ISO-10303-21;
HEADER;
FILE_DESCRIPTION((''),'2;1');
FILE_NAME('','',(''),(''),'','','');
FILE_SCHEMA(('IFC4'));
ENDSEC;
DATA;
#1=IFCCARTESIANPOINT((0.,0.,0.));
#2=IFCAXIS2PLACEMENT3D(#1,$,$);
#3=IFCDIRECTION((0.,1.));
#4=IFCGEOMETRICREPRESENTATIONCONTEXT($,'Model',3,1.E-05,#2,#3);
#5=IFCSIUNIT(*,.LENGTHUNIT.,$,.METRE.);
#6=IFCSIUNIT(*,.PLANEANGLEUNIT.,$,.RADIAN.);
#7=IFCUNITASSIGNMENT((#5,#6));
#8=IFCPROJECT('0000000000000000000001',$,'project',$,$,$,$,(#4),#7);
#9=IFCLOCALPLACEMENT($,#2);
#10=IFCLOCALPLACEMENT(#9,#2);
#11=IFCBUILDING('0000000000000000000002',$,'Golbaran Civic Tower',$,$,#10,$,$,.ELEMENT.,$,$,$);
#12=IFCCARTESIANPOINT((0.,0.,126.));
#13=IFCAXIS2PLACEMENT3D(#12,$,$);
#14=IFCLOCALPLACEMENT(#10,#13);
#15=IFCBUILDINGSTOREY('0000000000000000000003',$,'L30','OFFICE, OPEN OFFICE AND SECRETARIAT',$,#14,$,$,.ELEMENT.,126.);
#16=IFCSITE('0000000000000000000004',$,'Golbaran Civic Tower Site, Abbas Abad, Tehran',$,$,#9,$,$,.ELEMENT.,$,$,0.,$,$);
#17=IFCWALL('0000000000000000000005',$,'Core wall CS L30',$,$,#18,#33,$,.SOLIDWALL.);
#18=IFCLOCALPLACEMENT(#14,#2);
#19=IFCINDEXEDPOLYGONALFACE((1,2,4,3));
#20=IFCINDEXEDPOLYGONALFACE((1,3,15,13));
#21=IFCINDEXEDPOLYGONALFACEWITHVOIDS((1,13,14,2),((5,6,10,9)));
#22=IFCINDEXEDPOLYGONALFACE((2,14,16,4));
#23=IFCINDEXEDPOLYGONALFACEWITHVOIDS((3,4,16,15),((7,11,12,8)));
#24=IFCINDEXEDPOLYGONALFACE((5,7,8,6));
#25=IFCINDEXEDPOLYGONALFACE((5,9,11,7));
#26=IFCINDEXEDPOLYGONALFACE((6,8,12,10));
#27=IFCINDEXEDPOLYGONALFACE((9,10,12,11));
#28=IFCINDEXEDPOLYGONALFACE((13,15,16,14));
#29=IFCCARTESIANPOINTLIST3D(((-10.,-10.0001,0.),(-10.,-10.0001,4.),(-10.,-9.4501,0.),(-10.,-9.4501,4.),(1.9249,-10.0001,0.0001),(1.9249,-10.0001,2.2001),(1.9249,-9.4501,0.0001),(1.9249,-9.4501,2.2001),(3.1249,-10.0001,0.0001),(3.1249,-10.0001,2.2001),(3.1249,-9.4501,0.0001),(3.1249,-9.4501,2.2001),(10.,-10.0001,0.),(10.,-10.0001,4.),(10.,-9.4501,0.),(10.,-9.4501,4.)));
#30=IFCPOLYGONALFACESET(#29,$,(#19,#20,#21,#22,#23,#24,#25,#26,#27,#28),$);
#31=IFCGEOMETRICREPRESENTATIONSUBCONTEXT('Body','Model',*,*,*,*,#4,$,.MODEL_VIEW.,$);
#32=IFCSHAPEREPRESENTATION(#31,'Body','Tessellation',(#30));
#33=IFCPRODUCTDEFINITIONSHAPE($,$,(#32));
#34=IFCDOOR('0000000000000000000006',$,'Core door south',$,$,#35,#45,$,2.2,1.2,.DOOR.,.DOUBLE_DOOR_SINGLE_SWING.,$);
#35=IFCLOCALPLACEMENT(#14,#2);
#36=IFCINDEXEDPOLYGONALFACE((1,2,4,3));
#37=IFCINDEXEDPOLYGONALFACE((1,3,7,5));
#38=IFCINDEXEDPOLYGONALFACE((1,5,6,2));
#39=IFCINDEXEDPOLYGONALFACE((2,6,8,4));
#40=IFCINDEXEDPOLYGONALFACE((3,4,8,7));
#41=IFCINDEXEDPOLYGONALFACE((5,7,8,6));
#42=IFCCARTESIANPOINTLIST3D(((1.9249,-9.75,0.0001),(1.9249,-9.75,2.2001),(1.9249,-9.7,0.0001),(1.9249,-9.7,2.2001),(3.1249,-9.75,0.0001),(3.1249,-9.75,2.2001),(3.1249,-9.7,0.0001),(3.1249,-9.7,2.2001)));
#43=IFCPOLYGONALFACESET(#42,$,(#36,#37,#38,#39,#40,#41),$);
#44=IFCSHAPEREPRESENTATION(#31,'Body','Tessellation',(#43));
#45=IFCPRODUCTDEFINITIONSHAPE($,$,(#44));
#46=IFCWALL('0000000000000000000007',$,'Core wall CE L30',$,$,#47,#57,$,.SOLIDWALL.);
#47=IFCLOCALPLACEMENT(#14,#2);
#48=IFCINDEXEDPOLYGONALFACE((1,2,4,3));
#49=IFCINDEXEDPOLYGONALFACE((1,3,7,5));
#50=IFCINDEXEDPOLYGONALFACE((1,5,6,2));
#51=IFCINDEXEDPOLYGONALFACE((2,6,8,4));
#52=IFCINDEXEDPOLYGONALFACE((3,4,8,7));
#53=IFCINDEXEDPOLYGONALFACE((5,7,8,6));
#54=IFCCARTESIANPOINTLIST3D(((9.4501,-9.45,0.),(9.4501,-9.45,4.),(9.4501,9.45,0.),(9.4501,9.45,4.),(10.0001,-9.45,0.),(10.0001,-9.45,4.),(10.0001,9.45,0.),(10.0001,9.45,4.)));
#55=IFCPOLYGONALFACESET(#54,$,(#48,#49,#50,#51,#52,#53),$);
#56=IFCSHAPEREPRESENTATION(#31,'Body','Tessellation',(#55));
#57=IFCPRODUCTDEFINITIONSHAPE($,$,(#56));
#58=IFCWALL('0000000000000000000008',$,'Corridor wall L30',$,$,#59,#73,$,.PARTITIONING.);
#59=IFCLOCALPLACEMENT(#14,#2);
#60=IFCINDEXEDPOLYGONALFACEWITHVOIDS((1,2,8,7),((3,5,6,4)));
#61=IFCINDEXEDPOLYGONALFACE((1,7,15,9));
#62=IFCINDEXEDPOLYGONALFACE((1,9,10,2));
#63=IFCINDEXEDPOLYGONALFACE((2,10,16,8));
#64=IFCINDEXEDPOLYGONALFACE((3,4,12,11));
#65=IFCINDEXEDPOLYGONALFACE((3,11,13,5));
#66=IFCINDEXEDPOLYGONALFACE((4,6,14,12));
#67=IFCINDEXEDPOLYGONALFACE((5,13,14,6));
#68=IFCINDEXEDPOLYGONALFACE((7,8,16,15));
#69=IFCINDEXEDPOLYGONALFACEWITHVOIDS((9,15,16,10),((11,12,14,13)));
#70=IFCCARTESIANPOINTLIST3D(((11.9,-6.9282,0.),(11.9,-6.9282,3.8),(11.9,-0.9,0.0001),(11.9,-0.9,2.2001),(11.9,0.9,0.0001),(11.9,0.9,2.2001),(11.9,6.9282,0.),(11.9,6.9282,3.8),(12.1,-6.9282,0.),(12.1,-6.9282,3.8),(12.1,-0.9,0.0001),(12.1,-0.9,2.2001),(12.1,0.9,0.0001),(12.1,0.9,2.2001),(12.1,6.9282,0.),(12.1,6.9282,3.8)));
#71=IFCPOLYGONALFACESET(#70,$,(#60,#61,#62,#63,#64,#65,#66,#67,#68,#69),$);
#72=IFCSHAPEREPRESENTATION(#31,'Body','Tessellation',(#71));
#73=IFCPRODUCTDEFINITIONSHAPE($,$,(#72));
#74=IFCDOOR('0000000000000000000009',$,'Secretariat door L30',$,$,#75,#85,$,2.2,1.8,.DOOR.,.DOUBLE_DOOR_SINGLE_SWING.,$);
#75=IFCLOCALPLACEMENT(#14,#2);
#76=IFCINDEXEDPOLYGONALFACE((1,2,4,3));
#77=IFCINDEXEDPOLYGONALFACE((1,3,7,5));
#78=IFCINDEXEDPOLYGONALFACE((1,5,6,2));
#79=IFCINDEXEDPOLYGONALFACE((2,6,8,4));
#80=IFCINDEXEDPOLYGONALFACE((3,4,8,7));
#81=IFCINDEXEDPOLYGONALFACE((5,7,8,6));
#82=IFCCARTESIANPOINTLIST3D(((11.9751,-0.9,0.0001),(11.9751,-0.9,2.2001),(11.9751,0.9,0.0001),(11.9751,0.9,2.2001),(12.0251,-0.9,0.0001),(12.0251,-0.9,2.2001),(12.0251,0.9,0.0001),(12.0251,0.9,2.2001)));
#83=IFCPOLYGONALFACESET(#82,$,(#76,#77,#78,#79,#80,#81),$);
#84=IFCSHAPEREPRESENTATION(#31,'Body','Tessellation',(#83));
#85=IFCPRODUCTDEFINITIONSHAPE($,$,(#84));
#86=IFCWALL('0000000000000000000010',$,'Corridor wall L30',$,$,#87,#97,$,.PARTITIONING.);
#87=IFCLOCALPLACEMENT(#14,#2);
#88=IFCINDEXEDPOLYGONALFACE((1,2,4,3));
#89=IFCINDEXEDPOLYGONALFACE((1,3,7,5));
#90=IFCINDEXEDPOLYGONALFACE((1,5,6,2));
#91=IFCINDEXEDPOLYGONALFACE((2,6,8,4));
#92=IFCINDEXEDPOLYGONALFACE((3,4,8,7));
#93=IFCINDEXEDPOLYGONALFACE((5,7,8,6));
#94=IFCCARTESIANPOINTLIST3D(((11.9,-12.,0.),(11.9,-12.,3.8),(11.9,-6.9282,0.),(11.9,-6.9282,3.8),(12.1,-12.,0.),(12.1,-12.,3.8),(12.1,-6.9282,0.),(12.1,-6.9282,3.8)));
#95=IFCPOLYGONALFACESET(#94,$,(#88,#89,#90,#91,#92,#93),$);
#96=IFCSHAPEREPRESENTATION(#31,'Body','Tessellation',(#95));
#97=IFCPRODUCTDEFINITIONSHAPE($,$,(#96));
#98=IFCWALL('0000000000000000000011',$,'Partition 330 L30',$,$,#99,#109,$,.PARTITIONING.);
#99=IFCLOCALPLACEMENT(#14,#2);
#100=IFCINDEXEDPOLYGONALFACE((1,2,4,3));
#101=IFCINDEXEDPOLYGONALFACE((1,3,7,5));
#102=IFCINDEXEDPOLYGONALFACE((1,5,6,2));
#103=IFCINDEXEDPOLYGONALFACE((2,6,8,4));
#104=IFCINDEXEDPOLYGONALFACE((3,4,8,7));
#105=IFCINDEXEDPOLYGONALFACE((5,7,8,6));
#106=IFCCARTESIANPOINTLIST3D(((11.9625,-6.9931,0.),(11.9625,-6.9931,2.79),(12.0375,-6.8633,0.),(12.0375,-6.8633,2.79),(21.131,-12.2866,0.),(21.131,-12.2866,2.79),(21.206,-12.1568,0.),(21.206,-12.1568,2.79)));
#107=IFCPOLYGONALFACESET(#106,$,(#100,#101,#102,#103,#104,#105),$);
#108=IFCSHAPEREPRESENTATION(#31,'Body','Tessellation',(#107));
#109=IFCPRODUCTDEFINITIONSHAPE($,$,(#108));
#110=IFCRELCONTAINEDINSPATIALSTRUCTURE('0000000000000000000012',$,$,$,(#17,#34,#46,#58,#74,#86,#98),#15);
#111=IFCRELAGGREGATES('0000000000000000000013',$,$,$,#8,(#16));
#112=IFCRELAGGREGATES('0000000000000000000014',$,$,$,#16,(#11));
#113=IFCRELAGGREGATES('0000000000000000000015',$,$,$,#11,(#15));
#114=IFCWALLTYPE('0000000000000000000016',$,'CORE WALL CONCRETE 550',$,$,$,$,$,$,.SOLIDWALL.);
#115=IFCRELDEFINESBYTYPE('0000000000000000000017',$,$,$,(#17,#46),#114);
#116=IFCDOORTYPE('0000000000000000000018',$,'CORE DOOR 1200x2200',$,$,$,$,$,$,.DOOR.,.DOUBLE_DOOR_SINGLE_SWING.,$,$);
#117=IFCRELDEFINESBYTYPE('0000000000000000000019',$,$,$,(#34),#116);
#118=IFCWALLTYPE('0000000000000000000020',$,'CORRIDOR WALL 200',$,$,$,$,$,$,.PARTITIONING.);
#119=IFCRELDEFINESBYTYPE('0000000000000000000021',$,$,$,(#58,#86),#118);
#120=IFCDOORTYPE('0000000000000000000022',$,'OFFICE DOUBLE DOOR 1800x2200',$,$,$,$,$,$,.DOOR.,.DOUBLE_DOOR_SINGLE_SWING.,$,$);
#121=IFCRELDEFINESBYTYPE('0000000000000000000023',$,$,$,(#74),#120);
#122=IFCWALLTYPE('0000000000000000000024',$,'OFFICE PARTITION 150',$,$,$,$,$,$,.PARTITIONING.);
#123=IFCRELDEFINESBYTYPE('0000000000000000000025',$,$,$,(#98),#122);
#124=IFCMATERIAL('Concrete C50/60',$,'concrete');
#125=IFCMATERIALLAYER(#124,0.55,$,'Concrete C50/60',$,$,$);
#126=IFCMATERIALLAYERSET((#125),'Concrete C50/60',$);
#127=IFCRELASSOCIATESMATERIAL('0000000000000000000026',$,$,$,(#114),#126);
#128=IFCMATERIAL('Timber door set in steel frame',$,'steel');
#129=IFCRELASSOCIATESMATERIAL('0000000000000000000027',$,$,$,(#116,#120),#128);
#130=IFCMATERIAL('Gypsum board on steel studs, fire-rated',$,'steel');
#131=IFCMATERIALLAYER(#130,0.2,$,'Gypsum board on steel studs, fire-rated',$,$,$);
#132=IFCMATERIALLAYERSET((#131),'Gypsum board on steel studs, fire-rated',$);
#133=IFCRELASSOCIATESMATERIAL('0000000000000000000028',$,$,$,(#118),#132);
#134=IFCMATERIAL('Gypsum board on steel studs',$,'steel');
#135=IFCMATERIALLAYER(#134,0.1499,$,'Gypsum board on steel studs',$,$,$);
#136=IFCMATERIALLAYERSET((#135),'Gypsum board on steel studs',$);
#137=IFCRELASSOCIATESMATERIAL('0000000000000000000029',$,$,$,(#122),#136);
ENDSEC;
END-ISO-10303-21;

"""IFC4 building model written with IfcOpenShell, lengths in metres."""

from ifc_helpers import new_model, si_unit, direction, frame, frame_2d, origin, place, context, subcontext, project, spatial, rectangle, extrude, material, layer, layer_set, type_object, element, fill, save


model = new_model("IFC4")

# Units and contexts
model_context = context("Model", 3, precision=1e-05, world=origin(), true_north=direction((0.0, 1.0)))
body_context = subcontext(model_context, "Body", "Model", "MODEL_VIEW")
ifc_project = project(units=[si_unit("LENGTHUNIT", "METRE"), si_unit("PLANEANGLEUNIT", "RADIAN")], contexts=[model_context])

# Site, building, storey
site_placement = place(None, origin())
site = spatial("IfcSite", under=ifc_project, at=site_placement, Name="Golbaran Civic Tower Site, Abbas Abad, Tehran", CompositionType="ELEMENT", RefElevation=0.0)
building_placement = place(site_placement, origin())
building = spatial("IfcBuilding", under=site, at=building_placement, Name="Golbaran Civic Tower", CompositionType="ELEMENT")
storey_placement = place(building_placement, frame((0.0, 0.0, 126.0)))
storey = spatial("IfcBuildingStorey", under=building, at=storey_placement, Name="L30", Description="OFFICE, OPEN OFFICE AND SECRETARIAT", CompositionType="ELEMENT", Elevation=126.0)

# Wall, opening, door
ifc_material_1 = material(Name="Concrete C50/60", Category="concrete")
ifc_layer_1 = layer(ifc_material_1, 0.55, Name="Concrete C50/60")
ifc_layer_set_1 = layer_set([ifc_layer_1], Name="Concrete C50/60")
wall_type_1 = type_object("IfcWallType", Name="CORE WALL CONCRETE 550", PredefinedType="SOLIDWALL", material=ifc_layer_set_1)
wall_1_placement = place(storey_placement, frame((10.0, -9.7251, 0.0), z_axis=(0.0, 0.0, 1.0), x_axis=(-1.0, 0.0, 0.0)))
wall_1 = element("IfcWall", 1, at=wall_1_placement, inside=storey, type_object=wall_type_1, Name="Core wall CS L30", PredefinedType="SOLIDWALL", context=body_context, shape_type="SweptSolid", body=[
    extrude(rectangle(XDim=20.0, YDim=0.55, at=frame_2d((10.0, 0.0))), origin(), (0.0, 0.0, 1.0), 4.0),
])
opening_1_placement = place(wall_1_placement, frame((6.875, 0.0, 0.0)))
opening_1 = element("IfcOpeningElement", 2, at=opening_1_placement, cuts=wall_1, PredefinedType="OPENING", context=body_context, shape_type="SweptSolid", body=[
    extrude(rectangle(XDim=1.2, YDim=2.2, at=frame_2d((0.6001, 1.1001))), frame((0.0, 0.2849, 0.0), z_axis=(0.0, -1.0, 0.0), x_axis=(1.0, 0.0, 0.0)), (0.0, 0.0, 1.0), 0.5701),
])
ifc_material_2 = material(Name="Timber door set in steel frame", Category="steel")
door_type_1 = type_object("IfcDoorType", Name="CORE DOOR 1200x2200", OperationType="DOUBLE_DOOR_SINGLE_SWING", PredefinedType="DOOR", material=ifc_material_2)
door_1_placement = place(opening_1_placement, origin())
door_1 = element("IfcDoor", 3, at=door_1_placement, inside=storey, type_object=door_type_1, Name="Core door south", OperationType="DOUBLE_DOOR_SINGLE_SWING", OverallHeight=2.2, OverallWidth=1.2, PredefinedType="DOOR", context=body_context, shape_type="SweptSolid", body=[
    extrude(rectangle(XDim=1.2, YDim=2.2, at=frame_2d((0.6001, 1.1001))), frame((0.0, 0.0249, 0.0), z_axis=(0.0, -1.0, 0.0), x_axis=(1.0, 0.0, 0.0)), (0.0, 0.0, 1.0), 0.05),
])
fill(opening_1, door_1)

# Wall
wall_2_placement = place(storey_placement, frame((9.7251, -9.45, 0.0), z_axis=(0.0, 0.0, 1.0), x_axis=(0.0, 1.0, 0.0)))
element("IfcWall", 4, at=wall_2_placement, inside=storey, type_object=wall_type_1, Name="Core wall CE L30", PredefinedType="SOLIDWALL", context=body_context, shape_type="SweptSolid", body=[
    extrude(rectangle(XDim=18.8999, YDim=0.55, at=frame_2d((9.45, 0.0))), origin(), (0.0, 0.0, 1.0), 4.0),
])

# Wall, opening, door
ifc_material_3 = material(Name="Gypsum board on steel studs, fire-rated", Category="steel")
ifc_layer_2 = layer(ifc_material_3, 0.2, Name="Gypsum board on steel studs, fire-rated")
ifc_layer_set_2 = layer_set([ifc_layer_2], Name="Gypsum board on steel studs, fire-rated")
wall_type_2 = type_object("IfcWallType", Name="CORRIDOR WALL 200", PredefinedType="PARTITIONING", material=ifc_layer_set_2)
wall_3_placement = place(storey_placement, frame((12.0, -6.9282, 0.0), z_axis=(0.0, 0.0, 1.0), x_axis=(0.0, 1.0, 0.0)))
wall_3 = element("IfcWall", 5, at=wall_3_placement, inside=storey, type_object=wall_type_2, Name="Corridor wall L30", PredefinedType="PARTITIONING", context=body_context, shape_type="SweptSolid", body=[
    extrude(rectangle(XDim=13.8564, YDim=0.2, at=frame_2d((6.9282, 0.0))), origin(), (0.0, 0.0, 1.0), 3.8),
])
opening_2_placement = place(wall_3_placement, frame((6.0283, 0.0, 0.0)))
opening_2 = element("IfcOpeningElement", 6, at=opening_2_placement, cuts=wall_3, PredefinedType="OPENING", context=body_context, shape_type="SweptSolid", body=[
    extrude(rectangle(XDim=1.8, YDim=2.2, at=frame_2d((0.8999, 1.1001))), frame((0.0, 0.1099, 0.0), z_axis=(0.0, -1.0, 0.0), x_axis=(1.0, 0.0, 0.0)), (0.0, 0.0, 1.0), 0.22),
])
door_type_2 = type_object("IfcDoorType", Name="OFFICE DOUBLE DOOR 1800x2200", OperationType="DOUBLE_DOOR_SINGLE_SWING", PredefinedType="DOOR", material=ifc_material_2)
door_2_placement = place(opening_2_placement, origin())
door_2 = element("IfcDoor", 7, at=door_2_placement, inside=storey, type_object=door_type_2, Name="Secretariat door L30", OperationType="DOUBLE_DOOR_SINGLE_SWING", OverallHeight=2.2, OverallWidth=1.8, PredefinedType="DOOR", context=body_context, shape_type="SweptSolid", body=[
    extrude(rectangle(XDim=1.8, YDim=2.2, at=frame_2d((0.8999, 1.1001))), frame((0.0, 0.0249, 0.0), z_axis=(0.0, -1.0, 0.0), x_axis=(1.0, 0.0, 0.0)), (0.0, 0.0, 1.0), 0.05),
])
fill(opening_2, door_2)

# Walls
wall_4_placement = place(storey_placement, frame((12.0, -12.0, 0.0), z_axis=(0.0, 0.0, 1.0), x_axis=(0.0, 1.0, 0.0)))
element("IfcWall", 8, at=wall_4_placement, inside=storey, type_object=wall_type_2, Name="Corridor wall L30", PredefinedType="PARTITIONING", context=body_context, shape_type="SweptSolid", body=[
    extrude(rectangle(XDim=5.0718, YDim=0.2, at=frame_2d((2.5359, 0.0))), origin(), (0.0, 0.0, 1.0), 3.8),
])
ifc_material_4 = material(Name="Gypsum board on steel studs", Category="steel")
ifc_layer_3 = layer(ifc_material_4, 0.1499, Name="Gypsum board on steel studs")
ifc_layer_set_3 = layer_set([ifc_layer_3], Name="Gypsum board on steel studs")
wall_type_3 = type_object("IfcWallType", Name="OFFICE PARTITION 150", PredefinedType="PARTITIONING", material=ifc_layer_set_3)
wall_5_placement = place(storey_placement, frame((12.0, -6.9282, 0.0), z_axis=(0.0, 0.0, 1.0), x_axis=(0.866024, -0.500003, 0.0)))
element("IfcWall", 9, at=wall_5_placement, inside=storey, type_object=wall_type_3, Name="Partition 330 L30", PredefinedType="PARTITIONING", context=body_context, shape_type="SweptSolid", body=[
    extrude(rectangle(XDim=10.5869, YDim=0.1499, at=frame_2d((5.2935, 0.0))), origin(), (0.0, 0.0, 1.0), 2.79),
])

save(model, "model.ifc")
